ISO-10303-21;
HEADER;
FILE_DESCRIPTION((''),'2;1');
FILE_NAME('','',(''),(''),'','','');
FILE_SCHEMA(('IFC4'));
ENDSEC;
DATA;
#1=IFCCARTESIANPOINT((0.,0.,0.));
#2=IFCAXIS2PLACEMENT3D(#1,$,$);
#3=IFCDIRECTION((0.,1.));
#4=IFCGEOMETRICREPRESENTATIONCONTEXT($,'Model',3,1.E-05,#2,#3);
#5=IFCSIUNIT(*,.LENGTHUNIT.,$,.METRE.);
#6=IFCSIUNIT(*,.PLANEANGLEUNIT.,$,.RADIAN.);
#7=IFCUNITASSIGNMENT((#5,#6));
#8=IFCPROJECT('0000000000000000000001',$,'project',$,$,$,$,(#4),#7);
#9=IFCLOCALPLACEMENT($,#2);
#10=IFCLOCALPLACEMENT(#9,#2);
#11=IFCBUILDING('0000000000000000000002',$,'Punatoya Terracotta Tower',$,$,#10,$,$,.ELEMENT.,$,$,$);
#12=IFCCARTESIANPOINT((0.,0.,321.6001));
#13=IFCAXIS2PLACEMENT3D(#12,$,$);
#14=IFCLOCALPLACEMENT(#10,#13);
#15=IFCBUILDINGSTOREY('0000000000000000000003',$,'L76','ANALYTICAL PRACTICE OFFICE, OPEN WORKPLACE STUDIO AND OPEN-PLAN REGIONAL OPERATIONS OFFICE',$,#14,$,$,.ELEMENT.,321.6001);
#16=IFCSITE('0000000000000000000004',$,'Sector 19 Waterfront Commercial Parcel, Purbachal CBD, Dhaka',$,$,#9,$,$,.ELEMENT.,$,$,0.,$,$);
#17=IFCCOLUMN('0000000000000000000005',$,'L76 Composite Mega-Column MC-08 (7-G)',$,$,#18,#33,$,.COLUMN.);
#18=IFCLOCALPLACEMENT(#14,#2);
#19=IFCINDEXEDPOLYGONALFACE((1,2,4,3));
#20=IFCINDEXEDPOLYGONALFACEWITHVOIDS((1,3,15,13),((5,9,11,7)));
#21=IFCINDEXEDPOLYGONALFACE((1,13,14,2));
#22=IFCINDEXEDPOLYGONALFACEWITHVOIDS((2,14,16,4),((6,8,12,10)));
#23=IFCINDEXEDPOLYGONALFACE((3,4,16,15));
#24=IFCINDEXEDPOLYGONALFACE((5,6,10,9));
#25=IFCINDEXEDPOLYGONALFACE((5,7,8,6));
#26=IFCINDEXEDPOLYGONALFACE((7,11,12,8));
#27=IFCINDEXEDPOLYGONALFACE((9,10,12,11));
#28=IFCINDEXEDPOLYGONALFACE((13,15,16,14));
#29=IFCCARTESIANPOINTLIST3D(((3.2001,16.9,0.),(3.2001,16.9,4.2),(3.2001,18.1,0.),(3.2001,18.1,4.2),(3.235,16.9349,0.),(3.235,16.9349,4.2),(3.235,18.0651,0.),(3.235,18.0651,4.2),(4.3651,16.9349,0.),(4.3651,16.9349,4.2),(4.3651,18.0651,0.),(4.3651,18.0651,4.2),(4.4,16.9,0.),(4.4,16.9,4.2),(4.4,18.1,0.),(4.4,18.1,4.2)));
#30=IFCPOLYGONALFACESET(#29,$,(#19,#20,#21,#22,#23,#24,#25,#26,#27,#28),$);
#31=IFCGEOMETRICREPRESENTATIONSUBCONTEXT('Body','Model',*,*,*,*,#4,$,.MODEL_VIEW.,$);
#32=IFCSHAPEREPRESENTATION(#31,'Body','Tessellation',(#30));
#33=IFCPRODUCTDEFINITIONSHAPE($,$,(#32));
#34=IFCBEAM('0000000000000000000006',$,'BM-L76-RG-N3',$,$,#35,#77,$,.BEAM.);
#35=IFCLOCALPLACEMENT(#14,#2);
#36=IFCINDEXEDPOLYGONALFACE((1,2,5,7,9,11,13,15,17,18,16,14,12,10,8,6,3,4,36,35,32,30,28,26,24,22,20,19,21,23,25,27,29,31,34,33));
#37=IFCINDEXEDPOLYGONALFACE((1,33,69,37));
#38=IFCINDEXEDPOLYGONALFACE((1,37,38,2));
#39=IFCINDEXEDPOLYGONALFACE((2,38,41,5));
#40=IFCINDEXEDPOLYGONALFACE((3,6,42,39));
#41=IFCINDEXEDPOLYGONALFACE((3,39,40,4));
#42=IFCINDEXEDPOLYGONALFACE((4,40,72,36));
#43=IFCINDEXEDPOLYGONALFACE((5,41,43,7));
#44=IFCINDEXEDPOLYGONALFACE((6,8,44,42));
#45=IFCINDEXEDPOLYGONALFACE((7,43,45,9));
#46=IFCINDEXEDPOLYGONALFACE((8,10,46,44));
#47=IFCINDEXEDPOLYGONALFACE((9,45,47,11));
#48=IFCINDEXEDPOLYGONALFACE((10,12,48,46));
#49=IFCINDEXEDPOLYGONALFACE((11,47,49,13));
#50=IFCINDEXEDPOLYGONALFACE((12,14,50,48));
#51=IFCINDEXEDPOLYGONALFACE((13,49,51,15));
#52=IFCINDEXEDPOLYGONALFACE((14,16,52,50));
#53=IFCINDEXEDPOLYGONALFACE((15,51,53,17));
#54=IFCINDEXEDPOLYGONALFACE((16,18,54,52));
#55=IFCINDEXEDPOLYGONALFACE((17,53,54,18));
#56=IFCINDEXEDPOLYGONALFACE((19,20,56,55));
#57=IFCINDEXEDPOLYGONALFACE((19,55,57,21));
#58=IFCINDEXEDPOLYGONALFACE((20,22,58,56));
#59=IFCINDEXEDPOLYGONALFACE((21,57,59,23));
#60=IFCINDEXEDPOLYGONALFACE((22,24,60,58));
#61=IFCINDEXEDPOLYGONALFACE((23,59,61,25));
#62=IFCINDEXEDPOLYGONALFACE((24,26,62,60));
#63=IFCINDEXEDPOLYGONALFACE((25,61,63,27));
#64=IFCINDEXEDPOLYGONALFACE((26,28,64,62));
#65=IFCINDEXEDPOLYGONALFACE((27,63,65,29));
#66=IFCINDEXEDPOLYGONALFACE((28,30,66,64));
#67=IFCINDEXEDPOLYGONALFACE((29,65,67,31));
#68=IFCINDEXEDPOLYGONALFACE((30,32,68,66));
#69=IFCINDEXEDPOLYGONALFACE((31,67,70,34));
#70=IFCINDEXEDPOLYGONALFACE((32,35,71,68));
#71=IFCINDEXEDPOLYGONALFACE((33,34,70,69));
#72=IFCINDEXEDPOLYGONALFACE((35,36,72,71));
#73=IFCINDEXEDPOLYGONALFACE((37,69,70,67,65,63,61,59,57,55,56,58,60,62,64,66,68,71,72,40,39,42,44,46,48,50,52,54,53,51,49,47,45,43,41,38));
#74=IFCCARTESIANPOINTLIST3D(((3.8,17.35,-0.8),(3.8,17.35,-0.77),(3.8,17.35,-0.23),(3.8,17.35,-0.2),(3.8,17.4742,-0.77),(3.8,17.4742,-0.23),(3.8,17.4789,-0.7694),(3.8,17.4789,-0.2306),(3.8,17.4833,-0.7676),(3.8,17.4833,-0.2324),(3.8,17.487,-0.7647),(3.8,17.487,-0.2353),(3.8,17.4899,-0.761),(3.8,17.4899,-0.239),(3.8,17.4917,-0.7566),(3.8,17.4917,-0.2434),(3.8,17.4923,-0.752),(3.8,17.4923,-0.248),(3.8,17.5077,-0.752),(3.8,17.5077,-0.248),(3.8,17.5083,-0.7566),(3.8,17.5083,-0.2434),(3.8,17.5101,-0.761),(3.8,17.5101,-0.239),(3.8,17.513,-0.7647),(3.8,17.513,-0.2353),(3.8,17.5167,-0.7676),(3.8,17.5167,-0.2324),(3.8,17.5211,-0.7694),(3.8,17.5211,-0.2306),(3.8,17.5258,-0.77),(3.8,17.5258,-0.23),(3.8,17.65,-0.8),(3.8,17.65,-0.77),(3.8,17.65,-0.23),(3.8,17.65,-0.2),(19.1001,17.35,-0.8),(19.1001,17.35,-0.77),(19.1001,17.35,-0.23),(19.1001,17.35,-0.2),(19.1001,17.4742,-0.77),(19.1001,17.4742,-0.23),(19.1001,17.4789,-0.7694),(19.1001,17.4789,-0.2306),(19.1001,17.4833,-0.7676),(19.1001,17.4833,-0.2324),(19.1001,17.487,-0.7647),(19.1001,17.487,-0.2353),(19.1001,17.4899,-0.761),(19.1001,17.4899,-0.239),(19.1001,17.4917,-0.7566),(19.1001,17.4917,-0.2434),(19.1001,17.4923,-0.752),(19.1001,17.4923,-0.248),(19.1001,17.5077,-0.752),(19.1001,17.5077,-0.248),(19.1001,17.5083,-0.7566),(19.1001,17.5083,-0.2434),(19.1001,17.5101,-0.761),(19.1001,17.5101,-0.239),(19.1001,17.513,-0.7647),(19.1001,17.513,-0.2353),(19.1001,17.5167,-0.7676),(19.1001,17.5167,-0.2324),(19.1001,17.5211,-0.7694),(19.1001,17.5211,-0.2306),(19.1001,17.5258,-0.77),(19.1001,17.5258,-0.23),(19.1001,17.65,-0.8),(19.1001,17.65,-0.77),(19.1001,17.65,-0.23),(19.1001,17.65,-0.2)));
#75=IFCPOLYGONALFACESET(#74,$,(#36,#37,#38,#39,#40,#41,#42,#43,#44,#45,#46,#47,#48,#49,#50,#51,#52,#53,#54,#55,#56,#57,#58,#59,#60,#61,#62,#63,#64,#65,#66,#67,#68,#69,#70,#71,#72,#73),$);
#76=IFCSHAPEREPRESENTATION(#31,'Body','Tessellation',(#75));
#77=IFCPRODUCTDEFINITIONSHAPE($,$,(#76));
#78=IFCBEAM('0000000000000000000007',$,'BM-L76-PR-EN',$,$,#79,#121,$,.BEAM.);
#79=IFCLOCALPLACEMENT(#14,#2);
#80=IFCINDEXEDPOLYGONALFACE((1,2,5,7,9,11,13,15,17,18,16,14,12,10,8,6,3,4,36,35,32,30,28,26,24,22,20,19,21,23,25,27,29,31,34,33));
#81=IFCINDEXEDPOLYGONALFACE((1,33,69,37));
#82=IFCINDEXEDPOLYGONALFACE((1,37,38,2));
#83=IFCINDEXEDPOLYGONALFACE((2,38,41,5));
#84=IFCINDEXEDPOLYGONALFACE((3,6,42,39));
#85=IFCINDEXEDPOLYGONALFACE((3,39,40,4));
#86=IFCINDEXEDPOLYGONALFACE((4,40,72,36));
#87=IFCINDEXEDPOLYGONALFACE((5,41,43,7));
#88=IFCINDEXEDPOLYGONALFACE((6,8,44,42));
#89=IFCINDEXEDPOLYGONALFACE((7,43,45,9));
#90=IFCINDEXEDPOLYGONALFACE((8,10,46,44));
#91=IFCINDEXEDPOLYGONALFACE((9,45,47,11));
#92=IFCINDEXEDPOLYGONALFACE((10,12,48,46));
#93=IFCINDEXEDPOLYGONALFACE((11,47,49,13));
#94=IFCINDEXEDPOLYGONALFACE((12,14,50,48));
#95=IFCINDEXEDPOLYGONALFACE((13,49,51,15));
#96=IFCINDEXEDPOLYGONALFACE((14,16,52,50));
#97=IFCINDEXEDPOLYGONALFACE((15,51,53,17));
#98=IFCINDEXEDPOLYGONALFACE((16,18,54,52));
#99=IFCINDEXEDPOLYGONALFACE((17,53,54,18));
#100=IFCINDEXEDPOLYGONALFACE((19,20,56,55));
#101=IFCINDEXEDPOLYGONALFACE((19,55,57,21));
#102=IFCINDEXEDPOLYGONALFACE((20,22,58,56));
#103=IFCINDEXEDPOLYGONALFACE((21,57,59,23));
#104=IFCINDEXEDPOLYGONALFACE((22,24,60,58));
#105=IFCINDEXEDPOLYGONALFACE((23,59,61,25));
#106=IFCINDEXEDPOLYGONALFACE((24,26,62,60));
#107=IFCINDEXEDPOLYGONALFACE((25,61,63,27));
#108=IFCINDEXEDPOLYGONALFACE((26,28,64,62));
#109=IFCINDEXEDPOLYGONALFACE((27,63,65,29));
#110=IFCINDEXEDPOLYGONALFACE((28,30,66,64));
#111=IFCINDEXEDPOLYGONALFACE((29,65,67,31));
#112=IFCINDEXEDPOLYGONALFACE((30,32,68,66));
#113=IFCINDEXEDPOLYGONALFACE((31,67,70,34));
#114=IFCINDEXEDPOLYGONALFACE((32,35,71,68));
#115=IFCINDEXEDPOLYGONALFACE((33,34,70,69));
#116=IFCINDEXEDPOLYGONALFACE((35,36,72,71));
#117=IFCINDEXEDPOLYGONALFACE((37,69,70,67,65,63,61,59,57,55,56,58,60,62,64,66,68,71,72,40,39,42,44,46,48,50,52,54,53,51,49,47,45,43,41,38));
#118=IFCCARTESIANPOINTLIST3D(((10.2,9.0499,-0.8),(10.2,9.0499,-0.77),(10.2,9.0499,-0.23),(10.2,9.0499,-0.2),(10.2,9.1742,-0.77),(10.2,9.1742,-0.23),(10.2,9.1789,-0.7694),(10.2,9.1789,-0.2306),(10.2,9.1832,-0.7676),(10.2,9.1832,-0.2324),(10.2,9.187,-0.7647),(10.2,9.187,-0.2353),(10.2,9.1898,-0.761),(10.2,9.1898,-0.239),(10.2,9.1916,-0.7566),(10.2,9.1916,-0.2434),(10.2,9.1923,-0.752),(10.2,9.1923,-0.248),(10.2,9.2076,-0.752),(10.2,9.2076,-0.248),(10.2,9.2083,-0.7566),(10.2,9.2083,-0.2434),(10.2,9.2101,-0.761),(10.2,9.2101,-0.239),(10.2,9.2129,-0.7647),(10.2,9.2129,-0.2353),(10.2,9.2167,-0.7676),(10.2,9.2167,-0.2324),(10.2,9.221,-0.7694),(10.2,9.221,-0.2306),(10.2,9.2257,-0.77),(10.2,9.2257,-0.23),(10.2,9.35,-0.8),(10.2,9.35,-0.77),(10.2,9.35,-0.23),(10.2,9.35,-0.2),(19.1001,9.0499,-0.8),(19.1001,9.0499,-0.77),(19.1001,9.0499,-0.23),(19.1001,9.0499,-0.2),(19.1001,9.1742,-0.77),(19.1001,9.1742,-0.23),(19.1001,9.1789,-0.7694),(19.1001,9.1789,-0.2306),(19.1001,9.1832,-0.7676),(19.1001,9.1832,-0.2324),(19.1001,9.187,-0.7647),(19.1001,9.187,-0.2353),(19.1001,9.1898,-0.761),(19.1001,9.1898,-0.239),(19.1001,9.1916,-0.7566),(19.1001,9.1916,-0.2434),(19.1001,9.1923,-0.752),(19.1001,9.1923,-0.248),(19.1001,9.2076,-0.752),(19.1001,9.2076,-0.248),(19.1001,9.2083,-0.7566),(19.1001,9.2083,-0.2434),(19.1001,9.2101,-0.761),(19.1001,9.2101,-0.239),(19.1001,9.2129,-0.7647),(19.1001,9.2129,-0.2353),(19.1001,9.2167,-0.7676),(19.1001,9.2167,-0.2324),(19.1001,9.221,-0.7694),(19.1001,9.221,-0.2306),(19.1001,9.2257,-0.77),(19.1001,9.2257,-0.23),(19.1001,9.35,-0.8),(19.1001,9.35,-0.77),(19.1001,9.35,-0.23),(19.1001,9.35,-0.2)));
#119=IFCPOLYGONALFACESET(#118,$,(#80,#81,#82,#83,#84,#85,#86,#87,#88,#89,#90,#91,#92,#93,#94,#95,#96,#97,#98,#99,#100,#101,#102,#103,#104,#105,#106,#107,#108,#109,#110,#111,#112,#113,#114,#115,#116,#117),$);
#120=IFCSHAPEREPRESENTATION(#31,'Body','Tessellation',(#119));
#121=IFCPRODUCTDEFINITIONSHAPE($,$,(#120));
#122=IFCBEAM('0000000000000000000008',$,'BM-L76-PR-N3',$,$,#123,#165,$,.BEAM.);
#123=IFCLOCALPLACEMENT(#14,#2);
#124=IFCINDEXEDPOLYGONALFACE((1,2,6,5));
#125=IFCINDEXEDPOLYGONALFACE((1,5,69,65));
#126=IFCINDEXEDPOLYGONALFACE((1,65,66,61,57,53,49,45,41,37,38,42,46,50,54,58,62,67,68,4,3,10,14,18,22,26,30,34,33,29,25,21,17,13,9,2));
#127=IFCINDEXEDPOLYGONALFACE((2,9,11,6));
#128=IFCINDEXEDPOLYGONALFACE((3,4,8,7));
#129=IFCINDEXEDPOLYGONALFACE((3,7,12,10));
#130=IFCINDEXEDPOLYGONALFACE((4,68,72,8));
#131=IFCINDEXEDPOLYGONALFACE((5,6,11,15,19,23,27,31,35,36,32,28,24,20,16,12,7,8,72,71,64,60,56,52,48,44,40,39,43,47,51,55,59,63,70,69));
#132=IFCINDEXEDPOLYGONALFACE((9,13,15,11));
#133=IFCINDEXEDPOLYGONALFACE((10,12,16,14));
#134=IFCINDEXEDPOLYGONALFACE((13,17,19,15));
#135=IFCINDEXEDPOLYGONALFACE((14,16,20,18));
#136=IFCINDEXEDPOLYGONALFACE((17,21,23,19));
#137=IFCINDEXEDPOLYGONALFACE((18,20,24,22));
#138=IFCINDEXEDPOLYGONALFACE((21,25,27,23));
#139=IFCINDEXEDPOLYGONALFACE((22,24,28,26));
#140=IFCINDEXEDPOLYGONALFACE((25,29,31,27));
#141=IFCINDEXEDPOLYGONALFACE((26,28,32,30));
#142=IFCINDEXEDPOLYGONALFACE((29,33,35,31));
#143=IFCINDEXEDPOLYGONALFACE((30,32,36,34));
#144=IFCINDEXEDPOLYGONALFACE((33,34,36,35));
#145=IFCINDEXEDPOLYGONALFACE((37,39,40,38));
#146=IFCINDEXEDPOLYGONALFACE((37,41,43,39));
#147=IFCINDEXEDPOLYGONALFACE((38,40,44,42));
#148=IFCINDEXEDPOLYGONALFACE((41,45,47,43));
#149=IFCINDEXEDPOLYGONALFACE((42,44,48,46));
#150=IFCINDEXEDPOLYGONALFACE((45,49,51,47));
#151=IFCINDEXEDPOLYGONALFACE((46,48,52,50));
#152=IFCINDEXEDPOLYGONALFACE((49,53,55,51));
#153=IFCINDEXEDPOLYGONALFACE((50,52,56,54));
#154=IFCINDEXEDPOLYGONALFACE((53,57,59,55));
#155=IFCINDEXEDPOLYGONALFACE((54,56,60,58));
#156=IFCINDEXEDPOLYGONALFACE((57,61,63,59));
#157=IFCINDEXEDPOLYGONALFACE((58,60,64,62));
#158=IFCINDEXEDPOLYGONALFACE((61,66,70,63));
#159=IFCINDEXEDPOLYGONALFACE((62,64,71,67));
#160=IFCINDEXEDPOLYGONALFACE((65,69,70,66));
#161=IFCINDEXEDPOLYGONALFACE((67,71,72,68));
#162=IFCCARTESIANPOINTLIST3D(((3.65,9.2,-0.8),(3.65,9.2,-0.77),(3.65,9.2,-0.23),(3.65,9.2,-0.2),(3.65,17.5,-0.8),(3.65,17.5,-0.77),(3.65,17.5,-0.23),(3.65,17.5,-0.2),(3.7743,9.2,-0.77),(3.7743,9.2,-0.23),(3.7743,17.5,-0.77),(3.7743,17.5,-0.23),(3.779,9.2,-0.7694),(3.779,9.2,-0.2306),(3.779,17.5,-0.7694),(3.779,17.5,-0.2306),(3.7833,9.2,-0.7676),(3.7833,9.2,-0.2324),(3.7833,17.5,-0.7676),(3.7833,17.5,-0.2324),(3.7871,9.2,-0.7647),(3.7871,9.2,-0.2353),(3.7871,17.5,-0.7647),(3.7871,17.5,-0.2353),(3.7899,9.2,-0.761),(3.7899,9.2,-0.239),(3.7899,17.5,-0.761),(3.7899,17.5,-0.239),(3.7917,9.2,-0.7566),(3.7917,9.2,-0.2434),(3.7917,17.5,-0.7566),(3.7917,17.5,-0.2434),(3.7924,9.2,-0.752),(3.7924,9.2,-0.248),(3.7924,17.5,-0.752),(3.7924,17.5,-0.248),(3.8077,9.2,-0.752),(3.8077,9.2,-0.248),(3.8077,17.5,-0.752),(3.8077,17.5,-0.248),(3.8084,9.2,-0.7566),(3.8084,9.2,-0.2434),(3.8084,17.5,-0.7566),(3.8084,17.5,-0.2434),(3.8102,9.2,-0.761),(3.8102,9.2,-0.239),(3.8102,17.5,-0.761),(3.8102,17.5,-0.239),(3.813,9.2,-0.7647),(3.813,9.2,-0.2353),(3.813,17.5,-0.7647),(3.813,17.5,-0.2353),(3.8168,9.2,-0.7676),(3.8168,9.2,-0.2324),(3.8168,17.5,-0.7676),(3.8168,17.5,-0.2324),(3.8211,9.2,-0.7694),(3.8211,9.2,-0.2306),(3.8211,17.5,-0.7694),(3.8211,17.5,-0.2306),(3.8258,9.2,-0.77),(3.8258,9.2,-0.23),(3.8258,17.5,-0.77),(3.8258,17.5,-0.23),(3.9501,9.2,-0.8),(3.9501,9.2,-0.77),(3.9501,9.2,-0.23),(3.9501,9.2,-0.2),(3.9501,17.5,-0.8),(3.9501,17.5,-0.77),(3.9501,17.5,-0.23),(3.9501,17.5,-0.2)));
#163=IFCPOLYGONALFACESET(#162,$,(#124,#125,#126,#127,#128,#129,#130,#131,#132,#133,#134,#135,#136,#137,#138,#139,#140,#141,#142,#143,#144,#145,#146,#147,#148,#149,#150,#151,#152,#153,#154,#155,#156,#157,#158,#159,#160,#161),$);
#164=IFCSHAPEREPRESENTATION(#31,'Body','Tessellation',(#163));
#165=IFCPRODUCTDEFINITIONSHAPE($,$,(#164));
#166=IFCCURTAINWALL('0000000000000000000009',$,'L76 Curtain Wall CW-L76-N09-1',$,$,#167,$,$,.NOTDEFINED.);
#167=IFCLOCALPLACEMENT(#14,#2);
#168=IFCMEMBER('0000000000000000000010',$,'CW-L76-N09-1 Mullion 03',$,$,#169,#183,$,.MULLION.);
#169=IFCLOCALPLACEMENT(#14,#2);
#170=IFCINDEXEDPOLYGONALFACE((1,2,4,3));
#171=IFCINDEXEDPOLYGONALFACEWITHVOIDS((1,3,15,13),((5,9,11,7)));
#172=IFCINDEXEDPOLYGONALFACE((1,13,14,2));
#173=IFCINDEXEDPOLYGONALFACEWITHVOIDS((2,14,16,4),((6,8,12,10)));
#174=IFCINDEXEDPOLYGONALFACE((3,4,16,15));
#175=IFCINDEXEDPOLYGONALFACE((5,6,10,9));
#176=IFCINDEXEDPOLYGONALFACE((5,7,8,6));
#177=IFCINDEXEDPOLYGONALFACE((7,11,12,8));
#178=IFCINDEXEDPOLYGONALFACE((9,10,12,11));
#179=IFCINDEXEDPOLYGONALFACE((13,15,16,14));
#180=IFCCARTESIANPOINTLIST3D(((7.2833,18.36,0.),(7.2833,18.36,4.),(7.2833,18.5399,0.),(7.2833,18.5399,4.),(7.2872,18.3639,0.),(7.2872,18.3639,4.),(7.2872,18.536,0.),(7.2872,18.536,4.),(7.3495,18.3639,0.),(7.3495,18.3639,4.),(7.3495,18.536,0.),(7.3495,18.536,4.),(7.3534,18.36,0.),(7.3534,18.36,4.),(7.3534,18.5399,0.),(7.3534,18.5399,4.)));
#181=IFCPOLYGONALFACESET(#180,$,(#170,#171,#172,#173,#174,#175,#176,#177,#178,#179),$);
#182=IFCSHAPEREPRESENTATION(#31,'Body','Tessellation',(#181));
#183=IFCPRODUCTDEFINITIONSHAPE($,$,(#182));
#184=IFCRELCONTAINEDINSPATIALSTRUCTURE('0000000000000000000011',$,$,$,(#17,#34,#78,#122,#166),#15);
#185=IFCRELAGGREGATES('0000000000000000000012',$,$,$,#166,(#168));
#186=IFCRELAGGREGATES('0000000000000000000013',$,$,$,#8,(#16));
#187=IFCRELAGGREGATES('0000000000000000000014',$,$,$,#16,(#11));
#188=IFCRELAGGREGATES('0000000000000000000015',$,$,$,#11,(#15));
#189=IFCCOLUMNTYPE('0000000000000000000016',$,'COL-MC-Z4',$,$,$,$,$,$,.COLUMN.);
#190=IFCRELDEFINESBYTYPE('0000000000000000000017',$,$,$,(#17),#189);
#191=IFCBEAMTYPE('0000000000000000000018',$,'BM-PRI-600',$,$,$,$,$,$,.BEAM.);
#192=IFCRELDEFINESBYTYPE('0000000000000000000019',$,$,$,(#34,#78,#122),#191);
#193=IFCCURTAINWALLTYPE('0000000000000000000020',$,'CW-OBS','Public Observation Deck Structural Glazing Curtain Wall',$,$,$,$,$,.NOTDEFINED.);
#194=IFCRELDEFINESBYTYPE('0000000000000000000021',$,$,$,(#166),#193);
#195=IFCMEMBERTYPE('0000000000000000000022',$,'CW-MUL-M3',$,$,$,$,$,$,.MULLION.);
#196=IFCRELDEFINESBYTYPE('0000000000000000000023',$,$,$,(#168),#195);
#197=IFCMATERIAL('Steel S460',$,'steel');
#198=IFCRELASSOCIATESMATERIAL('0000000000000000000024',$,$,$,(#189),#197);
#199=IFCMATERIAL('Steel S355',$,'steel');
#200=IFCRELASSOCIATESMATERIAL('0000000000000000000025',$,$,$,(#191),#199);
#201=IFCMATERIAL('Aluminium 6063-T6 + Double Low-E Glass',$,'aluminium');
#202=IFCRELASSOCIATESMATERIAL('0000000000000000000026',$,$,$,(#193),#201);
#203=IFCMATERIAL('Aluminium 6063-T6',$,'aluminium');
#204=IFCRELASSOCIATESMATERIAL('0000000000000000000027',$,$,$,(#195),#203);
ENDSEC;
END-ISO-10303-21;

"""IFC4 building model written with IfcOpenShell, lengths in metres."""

from ifc_helpers import new_model, si_unit, direction, frame, origin, origin_2d, place, context, subcontext, project, spatial, hollow_rectangle, i_section, extrude, material, material_profile, profile_set, type_object, element, aggregate, save


model = new_model("IFC4")

# Units and contexts
model_context = context("Model", 3, precision=1e-05, world=origin(), true_north=direction((0.0, 1.0)))
body_context = subcontext(model_context, "Body", "Model", "MODEL_VIEW")
ifc_project = project(units=[si_unit("LENGTHUNIT", "METRE"), si_unit("PLANEANGLEUNIT", "RADIAN")], contexts=[model_context])

# Site, building, storey
site_placement = place(None, origin())
site = spatial("IfcSite", under=ifc_project, at=site_placement, Name="Sector 19 Waterfront Commercial Parcel, Purbachal CBD, Dhaka", CompositionType="ELEMENT", RefElevation=0.0)
building_placement = place(site_placement, origin())
building = spatial("IfcBuilding", under=site, at=building_placement, Name="Punatoya Terracotta Tower", CompositionType="ELEMENT")
storey_placement = place(building_placement, frame((0.0, 0.0, 321.6001)))
storey = spatial("IfcBuildingStorey", under=building, at=storey_placement, Name="L76", Description="ANALYTICAL PRACTICE OFFICE, OPEN WORKPLACE STUDIO AND OPEN-PLAN REGIONAL OPERATIONS OFFICE", CompositionType="ELEMENT", Elevation=321.6001)

# Column
ifc_material_1 = material(Name="Steel S460", Category="steel")
ifc_material_profile_1 = material_profile(ifc_material_1, hollow_rectangle(XDim=1.2, YDim=1.2, WallThickness=0.0349, at=origin_2d()))
ifc_profile_set_1 = profile_set([ifc_material_profile_1], Name="Steel S460")
column_type = type_object("IfcColumnType", Name="COL-MC-Z4", PredefinedType="COLUMN", material=ifc_profile_set_1)
column_placement = place(storey_placement, frame((3.8, 17.5, 0.0), z_axis=(0.0, 0.0, 1.0), x_axis=(1.0, 0.0, 0.0)))
element("IfcColumn", 1, at=column_placement, inside=storey, type_object=column_type, Name="L76 Composite Mega-Column MC-08 (7-G)", PredefinedType="COLUMN", context=body_context, shape_type="SweptSolid", body=[
    extrude(hollow_rectangle(XDim=1.2, YDim=1.2, WallThickness=0.0349, at=origin_2d()), origin(), (0.0, 0.0, 1.0), 4.2),
])

# Beams
ifc_material_2 = material(Name="Steel S355", Category="steel")
ifc_material_profile_2 = material_profile(ifc_material_2, i_section(OverallWidth=0.3, OverallDepth=0.6001, WebThickness=0.0154, FlangeThickness=0.03, FilletRadius=0.0181, at=origin_2d()))
ifc_profile_set_2 = profile_set([ifc_material_profile_2], Name="Steel S355")
beam_type = type_object("IfcBeamType", Name="BM-PRI-600", PredefinedType="BEAM", material=ifc_profile_set_2)
beam_1_placement = place(storey_placement, frame((3.8, 17.5, -0.5), z_axis=(1.0, 0.0, 0.0), x_axis=(0.0, 1.0, 0.0)))
element("IfcBeam", 2, at=beam_1_placement, inside=storey, type_object=beam_type, Name="BM-L76-RG-N3", PredefinedType="BEAM", context=body_context, shape_type="SweptSolid", body=[
    extrude(i_section(OverallWidth=0.3, OverallDepth=0.6001, WebThickness=0.0154, FlangeThickness=0.03, FilletRadius=0.0181, at=origin_2d()), origin(), (0.0, 0.0, 1.0), 15.3),
])
beam_2_placement = place(storey_placement, frame((10.2, 9.2, -0.5), z_axis=(1.0, 0.0, 0.0), x_axis=(0.0, 1.0, 0.0)))
element("IfcBeam", 3, at=beam_2_placement, inside=storey, type_object=beam_type, Name="BM-L76-PR-EN", PredefinedType="BEAM", context=body_context, shape_type="SweptSolid", body=[
    extrude(i_section(OverallWidth=0.3, OverallDepth=0.6001, WebThickness=0.0154, FlangeThickness=0.03, FilletRadius=0.0181, at=origin_2d()), origin(), (0.0, 0.0, 1.0), 8.9001),
])
beam_3_placement = place(storey_placement, frame((3.8, 9.2, -0.5), z_axis=(0.0, 1.0, 0.0), x_axis=(-1.0, 0.0, 0.0)))
element("IfcBeam", 4, at=beam_3_placement, inside=storey, type_object=beam_type, Name="BM-L76-PR-N3", PredefinedType="BEAM", context=body_context, shape_type="SweptSolid", body=[
    extrude(i_section(OverallWidth=0.3, OverallDepth=0.6001, WebThickness=0.0154, FlangeThickness=0.03, FilletRadius=0.0181, at=origin_2d()), origin(), (0.0, 0.0, 1.0), 8.3),
])

# Curtain wall, member
ifc_material_3 = material(Name="Aluminium 6063-T6 + Double Low-E Glass", Category="aluminium")
curtain_wall_type = type_object("IfcCurtainWallType", Name="CW-OBS", Description="Public Observation Deck Structural Glazing Curtain Wall", PredefinedType="NOTDEFINED", material=ifc_material_3)
curtain_wall_placement = place(storey_placement, origin())
curtain_wall = element("IfcCurtainWall", 5, at=curtain_wall_placement, inside=storey, type_object=curtain_wall_type, Name="L76 Curtain Wall CW-L76-N09-1", PredefinedType="NOTDEFINED")
ifc_material_4 = material(Name="Aluminium 6063-T6", Category="aluminium")
ifc_material_profile_3 = material_profile(ifc_material_4, hollow_rectangle(XDim=0.0701, YDim=0.1799, WallThickness=0.0039, at=origin_2d()))
ifc_profile_set_3 = profile_set([ifc_material_profile_3], Name="Aluminium 6063-T6")
member_type = type_object("IfcMemberType", Name="CW-MUL-M3", PredefinedType="MULLION", material=ifc_profile_set_3)
member_1_placement = place(storey_placement, frame((7.3184, 18.45, 0.0), z_axis=(0.0, 0.0, 1.0), x_axis=(1.0, 0.0, 0.0)))
member_1 = element("IfcMember", 6, at=member_1_placement, type_object=member_type, Name="CW-L76-N09-1 Mullion 03", PredefinedType="MULLION", context=body_context, shape_type="SweptSolid", body=[
    extrude(hollow_rectangle(XDim=0.0701, YDim=0.1799, WallThickness=0.0039, at=origin_2d()), origin(), (0.0, 0.0, 1.0), 4.0),
])
aggregate(curtain_wall, [member_1])

save(model, "model.ifc")
